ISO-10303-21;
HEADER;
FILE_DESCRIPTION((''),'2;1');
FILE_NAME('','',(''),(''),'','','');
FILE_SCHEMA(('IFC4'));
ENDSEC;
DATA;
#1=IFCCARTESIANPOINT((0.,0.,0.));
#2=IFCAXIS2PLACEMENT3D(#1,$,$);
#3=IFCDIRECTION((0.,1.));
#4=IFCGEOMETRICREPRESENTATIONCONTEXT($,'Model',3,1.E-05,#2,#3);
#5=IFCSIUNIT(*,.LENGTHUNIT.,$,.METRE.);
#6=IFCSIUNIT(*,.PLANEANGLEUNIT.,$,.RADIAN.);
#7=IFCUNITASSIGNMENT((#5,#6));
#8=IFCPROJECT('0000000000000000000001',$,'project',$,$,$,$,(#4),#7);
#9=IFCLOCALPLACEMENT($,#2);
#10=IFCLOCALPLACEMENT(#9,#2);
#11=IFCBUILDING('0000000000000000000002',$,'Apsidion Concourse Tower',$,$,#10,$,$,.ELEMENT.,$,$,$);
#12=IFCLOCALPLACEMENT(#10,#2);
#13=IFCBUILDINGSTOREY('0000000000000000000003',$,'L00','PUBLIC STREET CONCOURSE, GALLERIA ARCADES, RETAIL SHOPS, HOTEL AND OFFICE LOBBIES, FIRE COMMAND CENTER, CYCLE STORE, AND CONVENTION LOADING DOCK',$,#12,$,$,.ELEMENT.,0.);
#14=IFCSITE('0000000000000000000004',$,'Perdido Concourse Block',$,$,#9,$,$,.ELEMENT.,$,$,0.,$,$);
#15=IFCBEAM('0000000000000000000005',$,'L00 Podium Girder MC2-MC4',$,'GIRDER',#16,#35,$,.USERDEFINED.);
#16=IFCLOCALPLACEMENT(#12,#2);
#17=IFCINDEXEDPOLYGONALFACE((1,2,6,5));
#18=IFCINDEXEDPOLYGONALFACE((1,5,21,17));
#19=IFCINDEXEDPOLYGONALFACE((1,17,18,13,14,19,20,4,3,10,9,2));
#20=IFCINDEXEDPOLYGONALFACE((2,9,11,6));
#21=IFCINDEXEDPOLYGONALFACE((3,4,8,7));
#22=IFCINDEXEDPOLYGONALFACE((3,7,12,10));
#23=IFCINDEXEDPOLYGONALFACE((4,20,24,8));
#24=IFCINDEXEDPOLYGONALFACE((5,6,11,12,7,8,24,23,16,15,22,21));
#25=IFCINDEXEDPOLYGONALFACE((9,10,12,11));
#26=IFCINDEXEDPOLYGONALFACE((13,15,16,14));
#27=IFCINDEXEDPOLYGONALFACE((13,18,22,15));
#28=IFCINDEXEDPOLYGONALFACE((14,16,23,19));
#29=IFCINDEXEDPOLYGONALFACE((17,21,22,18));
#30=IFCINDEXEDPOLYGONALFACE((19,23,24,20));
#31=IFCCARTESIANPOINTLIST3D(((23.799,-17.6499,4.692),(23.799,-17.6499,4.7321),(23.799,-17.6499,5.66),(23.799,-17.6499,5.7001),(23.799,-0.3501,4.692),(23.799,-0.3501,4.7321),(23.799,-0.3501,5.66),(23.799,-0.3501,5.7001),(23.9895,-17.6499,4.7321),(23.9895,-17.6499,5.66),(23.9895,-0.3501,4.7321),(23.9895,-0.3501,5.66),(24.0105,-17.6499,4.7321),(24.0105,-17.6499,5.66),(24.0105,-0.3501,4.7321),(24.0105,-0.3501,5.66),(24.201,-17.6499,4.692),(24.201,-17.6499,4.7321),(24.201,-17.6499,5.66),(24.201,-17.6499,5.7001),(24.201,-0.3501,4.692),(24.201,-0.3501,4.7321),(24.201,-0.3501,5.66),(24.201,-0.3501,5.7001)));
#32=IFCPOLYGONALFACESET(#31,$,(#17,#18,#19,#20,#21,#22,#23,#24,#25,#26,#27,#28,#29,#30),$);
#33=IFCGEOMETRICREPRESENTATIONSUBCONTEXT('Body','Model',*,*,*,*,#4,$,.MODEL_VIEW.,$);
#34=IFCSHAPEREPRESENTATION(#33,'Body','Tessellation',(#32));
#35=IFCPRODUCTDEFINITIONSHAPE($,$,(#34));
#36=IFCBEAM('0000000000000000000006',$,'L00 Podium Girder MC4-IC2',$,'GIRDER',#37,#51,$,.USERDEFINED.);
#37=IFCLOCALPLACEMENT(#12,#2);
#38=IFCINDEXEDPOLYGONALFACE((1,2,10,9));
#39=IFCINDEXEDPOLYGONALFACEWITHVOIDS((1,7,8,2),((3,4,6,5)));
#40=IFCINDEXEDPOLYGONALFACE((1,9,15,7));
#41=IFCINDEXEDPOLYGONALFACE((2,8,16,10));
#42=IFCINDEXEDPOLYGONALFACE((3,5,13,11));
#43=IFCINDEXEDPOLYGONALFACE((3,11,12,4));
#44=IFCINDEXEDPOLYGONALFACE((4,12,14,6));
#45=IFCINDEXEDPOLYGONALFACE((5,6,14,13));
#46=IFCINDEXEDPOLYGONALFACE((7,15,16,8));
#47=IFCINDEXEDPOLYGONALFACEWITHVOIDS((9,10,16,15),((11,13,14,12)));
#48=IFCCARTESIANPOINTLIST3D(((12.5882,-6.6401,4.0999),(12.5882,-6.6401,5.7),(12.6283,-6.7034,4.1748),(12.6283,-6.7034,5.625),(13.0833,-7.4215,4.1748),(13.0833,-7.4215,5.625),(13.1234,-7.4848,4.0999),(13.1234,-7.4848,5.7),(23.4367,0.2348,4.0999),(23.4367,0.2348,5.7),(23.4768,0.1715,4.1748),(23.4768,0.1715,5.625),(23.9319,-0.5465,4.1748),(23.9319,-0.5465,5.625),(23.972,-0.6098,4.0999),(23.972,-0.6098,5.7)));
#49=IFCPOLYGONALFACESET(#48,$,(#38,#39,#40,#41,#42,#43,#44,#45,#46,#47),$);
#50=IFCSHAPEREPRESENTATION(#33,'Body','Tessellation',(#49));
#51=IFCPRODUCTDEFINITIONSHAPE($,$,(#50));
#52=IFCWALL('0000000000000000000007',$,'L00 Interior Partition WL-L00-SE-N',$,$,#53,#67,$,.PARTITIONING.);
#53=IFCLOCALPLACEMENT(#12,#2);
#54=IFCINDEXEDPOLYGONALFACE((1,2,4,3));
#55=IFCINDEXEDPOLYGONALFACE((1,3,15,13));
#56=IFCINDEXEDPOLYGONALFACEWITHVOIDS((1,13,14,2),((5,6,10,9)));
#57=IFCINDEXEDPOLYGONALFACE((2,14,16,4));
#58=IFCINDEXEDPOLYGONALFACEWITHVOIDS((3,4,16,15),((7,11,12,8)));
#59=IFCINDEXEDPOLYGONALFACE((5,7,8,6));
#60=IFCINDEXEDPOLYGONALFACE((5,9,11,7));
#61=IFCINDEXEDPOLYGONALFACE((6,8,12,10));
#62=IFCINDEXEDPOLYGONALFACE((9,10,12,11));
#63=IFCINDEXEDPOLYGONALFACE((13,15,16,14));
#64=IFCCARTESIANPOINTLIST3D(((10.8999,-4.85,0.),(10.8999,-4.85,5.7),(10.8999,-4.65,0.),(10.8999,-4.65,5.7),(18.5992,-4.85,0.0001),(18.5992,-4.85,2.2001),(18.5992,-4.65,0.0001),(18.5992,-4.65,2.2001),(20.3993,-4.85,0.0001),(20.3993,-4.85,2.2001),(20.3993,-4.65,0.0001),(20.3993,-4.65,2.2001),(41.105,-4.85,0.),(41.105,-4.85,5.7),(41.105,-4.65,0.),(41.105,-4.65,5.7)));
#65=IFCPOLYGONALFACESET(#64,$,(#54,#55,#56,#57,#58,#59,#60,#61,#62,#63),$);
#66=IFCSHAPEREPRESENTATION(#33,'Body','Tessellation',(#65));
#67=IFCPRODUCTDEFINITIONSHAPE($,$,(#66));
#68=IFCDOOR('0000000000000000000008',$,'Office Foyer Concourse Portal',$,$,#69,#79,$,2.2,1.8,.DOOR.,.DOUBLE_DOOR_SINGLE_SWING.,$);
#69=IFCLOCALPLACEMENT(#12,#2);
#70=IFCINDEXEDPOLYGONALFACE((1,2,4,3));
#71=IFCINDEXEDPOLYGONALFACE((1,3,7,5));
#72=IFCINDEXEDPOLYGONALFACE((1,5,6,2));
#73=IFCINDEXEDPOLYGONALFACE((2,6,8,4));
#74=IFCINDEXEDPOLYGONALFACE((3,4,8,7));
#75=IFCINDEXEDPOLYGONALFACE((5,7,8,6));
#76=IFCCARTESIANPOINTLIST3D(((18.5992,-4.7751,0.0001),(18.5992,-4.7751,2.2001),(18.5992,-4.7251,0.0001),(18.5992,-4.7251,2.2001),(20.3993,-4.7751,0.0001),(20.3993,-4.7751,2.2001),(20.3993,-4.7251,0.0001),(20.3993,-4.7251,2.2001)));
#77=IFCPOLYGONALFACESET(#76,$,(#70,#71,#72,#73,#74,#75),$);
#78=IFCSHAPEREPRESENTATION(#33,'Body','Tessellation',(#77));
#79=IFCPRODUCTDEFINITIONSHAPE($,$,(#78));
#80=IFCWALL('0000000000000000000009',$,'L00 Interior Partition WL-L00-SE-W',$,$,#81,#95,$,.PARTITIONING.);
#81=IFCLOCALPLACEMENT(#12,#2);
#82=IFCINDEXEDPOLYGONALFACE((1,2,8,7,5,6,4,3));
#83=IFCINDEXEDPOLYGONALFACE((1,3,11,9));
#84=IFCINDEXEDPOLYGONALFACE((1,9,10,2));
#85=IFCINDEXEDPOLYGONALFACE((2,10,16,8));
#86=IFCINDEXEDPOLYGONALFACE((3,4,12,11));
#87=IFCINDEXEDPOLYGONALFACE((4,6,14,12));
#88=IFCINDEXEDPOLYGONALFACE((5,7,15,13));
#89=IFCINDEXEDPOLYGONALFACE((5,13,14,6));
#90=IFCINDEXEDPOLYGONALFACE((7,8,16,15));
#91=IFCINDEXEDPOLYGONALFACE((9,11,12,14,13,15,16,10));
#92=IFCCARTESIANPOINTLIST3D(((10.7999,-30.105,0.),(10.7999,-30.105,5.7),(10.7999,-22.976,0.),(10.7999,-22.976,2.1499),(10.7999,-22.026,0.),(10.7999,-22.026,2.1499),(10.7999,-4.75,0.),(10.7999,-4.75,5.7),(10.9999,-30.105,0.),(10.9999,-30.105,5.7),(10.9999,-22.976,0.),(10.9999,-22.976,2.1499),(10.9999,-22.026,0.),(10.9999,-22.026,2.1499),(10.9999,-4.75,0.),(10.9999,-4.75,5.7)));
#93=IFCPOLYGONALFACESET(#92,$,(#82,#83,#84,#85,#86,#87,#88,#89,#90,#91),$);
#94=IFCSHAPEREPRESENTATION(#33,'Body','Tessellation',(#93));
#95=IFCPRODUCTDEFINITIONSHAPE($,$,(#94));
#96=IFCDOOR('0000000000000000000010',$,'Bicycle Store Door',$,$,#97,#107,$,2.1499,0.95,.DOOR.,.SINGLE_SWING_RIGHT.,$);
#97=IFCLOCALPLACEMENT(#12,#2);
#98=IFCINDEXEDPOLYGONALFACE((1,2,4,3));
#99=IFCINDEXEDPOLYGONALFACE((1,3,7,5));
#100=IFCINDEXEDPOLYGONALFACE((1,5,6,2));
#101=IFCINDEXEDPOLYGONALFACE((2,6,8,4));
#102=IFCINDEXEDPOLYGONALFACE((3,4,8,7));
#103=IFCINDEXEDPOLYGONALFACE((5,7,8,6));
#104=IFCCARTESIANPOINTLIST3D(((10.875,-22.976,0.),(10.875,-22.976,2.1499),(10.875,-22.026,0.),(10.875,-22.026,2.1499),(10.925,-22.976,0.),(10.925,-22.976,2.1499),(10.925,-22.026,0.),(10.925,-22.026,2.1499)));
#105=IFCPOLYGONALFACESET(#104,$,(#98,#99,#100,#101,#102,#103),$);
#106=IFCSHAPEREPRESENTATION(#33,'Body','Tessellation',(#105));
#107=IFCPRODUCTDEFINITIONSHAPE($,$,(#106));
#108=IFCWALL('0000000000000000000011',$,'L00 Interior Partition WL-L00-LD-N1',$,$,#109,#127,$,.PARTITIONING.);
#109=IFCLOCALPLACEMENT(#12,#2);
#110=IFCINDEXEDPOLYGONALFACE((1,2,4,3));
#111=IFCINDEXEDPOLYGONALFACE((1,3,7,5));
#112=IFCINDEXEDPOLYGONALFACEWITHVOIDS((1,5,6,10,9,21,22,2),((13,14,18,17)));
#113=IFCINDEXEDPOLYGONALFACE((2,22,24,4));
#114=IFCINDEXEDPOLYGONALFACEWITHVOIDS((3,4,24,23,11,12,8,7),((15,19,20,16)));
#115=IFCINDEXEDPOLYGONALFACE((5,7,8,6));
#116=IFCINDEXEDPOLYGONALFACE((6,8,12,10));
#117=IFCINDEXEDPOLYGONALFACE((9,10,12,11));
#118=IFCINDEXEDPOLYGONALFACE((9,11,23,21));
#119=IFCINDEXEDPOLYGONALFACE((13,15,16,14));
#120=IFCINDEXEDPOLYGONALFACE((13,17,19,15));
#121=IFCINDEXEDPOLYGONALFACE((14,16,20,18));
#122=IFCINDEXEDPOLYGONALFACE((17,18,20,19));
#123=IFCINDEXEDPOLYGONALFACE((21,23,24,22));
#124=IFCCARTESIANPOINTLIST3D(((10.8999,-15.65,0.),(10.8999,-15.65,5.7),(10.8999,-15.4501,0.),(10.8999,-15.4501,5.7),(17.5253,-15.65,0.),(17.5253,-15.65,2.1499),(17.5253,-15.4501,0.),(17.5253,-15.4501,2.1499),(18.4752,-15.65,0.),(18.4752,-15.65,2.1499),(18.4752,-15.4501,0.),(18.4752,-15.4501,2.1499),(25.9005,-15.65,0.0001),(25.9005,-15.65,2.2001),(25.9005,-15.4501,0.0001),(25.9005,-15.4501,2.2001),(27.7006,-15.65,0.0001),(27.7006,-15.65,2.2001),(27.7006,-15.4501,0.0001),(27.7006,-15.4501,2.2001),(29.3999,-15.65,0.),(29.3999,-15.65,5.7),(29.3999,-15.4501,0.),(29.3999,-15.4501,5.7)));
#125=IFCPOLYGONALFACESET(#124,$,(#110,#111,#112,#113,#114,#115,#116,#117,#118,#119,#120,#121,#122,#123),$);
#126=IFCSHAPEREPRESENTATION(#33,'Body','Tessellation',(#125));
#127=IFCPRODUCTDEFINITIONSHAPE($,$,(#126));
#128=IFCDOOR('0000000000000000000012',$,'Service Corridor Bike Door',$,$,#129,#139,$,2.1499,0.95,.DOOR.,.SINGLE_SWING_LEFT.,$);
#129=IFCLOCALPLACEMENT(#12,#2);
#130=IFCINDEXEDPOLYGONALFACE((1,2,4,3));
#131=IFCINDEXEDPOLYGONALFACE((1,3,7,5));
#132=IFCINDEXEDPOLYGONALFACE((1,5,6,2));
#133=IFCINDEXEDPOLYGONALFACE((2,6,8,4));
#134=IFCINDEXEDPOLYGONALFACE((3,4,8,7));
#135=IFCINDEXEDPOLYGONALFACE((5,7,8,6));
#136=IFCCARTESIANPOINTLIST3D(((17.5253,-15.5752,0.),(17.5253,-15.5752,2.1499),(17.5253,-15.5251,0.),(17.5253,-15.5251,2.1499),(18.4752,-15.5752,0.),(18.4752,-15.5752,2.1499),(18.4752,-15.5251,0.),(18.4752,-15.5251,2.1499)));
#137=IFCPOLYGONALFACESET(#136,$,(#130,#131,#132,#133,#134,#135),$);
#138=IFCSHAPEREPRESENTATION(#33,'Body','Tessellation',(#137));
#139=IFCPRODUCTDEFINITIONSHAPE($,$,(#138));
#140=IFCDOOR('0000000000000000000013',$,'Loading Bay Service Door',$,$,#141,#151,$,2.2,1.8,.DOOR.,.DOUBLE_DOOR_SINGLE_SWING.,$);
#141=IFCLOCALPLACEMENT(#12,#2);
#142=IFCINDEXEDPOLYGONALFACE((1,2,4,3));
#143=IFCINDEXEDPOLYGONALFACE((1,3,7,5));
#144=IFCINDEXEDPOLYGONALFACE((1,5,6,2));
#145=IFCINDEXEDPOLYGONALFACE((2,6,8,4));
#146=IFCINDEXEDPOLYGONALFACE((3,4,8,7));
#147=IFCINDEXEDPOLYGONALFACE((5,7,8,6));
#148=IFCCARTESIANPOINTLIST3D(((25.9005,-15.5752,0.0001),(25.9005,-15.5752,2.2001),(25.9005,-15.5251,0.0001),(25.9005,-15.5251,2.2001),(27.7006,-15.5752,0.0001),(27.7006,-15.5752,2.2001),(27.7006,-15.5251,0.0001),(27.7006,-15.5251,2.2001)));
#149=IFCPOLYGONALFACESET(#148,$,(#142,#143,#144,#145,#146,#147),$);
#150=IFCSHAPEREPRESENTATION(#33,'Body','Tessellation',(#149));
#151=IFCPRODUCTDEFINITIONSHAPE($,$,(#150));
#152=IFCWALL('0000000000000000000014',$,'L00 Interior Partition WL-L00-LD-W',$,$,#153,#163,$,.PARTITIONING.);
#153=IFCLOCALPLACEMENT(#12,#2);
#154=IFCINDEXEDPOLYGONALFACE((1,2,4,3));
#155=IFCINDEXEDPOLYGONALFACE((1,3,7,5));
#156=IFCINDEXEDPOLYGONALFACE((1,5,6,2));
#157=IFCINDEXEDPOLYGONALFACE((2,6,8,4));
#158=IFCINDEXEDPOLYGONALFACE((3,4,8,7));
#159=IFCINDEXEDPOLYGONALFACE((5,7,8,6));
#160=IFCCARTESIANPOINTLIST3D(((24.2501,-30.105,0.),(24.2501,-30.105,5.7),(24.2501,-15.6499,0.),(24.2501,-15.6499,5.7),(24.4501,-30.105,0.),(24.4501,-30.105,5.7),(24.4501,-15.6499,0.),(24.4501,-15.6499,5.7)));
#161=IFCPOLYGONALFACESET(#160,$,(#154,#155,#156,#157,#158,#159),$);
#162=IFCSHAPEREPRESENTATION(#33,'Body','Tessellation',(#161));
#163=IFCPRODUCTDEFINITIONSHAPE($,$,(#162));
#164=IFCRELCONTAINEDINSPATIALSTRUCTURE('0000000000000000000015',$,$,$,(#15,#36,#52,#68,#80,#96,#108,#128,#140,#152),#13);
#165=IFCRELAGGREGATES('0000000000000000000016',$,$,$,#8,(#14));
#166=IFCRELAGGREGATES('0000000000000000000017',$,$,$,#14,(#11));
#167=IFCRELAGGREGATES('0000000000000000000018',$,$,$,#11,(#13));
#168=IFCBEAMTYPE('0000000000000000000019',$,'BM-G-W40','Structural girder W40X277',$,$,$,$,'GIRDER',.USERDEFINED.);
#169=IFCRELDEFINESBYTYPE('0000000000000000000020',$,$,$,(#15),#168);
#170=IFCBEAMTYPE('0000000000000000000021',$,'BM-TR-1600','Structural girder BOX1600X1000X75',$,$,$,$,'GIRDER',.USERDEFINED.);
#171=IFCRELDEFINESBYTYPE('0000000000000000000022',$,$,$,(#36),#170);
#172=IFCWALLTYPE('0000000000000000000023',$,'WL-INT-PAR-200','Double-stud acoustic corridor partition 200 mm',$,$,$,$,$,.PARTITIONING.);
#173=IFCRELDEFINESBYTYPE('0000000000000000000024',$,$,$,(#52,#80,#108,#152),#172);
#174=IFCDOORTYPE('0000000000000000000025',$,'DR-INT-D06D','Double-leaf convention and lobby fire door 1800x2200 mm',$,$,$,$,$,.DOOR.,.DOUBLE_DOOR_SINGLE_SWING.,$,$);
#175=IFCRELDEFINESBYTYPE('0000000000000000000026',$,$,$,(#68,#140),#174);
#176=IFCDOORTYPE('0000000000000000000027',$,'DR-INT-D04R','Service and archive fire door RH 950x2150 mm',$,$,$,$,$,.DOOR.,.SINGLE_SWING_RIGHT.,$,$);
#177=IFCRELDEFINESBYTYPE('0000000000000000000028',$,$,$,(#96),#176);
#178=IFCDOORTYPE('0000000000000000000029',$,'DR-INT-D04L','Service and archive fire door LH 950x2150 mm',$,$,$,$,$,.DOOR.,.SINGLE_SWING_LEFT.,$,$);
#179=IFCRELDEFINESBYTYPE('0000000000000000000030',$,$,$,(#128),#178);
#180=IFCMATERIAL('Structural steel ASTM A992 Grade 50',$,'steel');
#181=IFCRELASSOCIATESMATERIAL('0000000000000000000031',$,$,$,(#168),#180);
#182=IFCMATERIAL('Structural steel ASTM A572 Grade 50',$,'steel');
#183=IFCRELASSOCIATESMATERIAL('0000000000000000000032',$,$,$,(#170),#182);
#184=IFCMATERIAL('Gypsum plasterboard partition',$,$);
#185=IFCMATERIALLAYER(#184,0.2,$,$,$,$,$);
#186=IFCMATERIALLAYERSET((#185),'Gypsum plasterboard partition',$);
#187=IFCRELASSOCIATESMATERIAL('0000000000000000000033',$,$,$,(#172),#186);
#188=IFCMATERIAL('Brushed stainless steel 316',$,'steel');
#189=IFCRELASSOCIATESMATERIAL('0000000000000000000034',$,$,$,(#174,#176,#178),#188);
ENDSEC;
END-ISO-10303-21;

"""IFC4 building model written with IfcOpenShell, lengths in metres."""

from ifc_helpers import new_model, si_unit, direction, frame, frame_2d, origin, origin_2d, place, context, subcontext, project, spatial, rectangle, hollow_rectangle, i_section, extrude, material, layer, layer_set, material_profile, profile_set, type_object, element, fill, save


model = new_model("IFC4")

# Units and contexts
model_context = context("Model", 3, precision=1e-05, world=origin(), true_north=direction((0.0, 1.0)))
body_context = subcontext(model_context, "Body", "Model", "MODEL_VIEW")
ifc_project = project(units=[si_unit("LENGTHUNIT", "METRE"), si_unit("PLANEANGLEUNIT", "RADIAN")], contexts=[model_context])

# Site, building, storey
site_placement = place(None, origin())
site = spatial("IfcSite", under=ifc_project, at=site_placement, Name="Perdido Concourse Block", CompositionType="ELEMENT", RefElevation=0.0)
building_placement = place(site_placement, origin())
building = spatial("IfcBuilding", under=site, at=building_placement, Name="Apsidion Concourse Tower", CompositionType="ELEMENT")
storey_placement = place(building_placement, origin())
storey = spatial("IfcBuildingStorey", under=building, at=storey_placement, Name="L00", Description="PUBLIC STREET CONCOURSE, GALLERIA ARCADES, RETAIL SHOPS, HOTEL AND OFFICE LOBBIES, FIRE COMMAND CENTER, CYCLE STORE, AND CONVENTION LOADING DOCK", CompositionType="ELEMENT", Elevation=0.0)

# Shared definitions
ifc_material_1 = material(Name="Structural steel ASTM A572 Grade 50", Category="steel")

# Beams
ifc_material_2 = material(Name="Structural steel ASTM A992 Grade 50", Category="steel")
ifc_material_profile_1 = material_profile(ifc_material_2, i_section(OverallWidth=0.4021, OverallDepth=1.0081, WebThickness=0.021, FlangeThickness=0.04, at=origin_2d()), Name="W40X277")
ifc_profile_set_1 = profile_set([ifc_material_profile_1], Name="Structural steel ASTM A992 Grade 50")
beam_type_1 = type_object("IfcBeamType", Name="BM-G-W40", Description="Structural girder W40X277", ElementType="GIRDER", PredefinedType="USERDEFINED", material=ifc_profile_set_1)
beam_1_placement = place(storey_placement, frame((24.0, -17.6499, 5.196), z_axis=(0.0, 1.0, 0.0), x_axis=(-1.0, 0.0, 0.0)))
element("IfcBeam", 1, at=beam_1_placement, inside=storey, type_object=beam_type_1, Name="L00 Podium Girder MC2-MC4", ObjectType="GIRDER", PredefinedType="USERDEFINED", context=body_context, shape_type="SweptSolid", body=[
    extrude(i_section(OverallWidth=0.4021, OverallDepth=1.0081, WebThickness=0.021, FlangeThickness=0.04, at=origin_2d()), origin(), (0.0, 0.0, 1.0), 17.2998),
])
ifc_material_profile_2 = material_profile(ifc_material_1, hollow_rectangle(XDim=1.0, YDim=1.6001, WallThickness=0.075, at=origin_2d()), Name="BOX1600X1000X75")
ifc_profile_set_2 = profile_set([ifc_material_profile_2], Name="Structural steel ASTM A572 Grade 50")
beam_type_2 = type_object("IfcBeamType", Name="BM-TR-1600", Description="Structural girder BOX1600X1000X75", ElementType="GIRDER", PredefinedType="USERDEFINED", material=ifc_profile_set_2)
beam_2_placement = place(storey_placement, frame((23.7043, -0.1875, 4.8999), z_axis=(-0.844671, -0.535285, 0.0), x_axis=(0.535285, -0.844671, 0.0)))
element("IfcBeam", 2, at=beam_2_placement, inside=storey, type_object=beam_type_2, Name="L00 Podium Girder MC4-IC2", ObjectType="GIRDER", PredefinedType="USERDEFINED", context=body_context, shape_type="SweptSolid", body=[
    extrude(hollow_rectangle(XDim=1.0, YDim=1.6001, WallThickness=0.075, at=origin_2d()), origin(), (0.0, 0.0, 1.0), 12.8435),
])

# Walls, openings, doors
ifc_material_3 = material(Name="Gypsum plasterboard partition")
ifc_layer_1 = layer(ifc_material_3, 0.2)
ifc_layer_set_1 = layer_set([ifc_layer_1], Name="Gypsum plasterboard partition")
wall_type_1 = type_object("IfcWallType", Name="WL-INT-PAR-200", Description="Double-stud acoustic corridor partition 200 mm", PredefinedType="PARTITIONING", material=ifc_layer_set_1)
wall_1_placement = place(storey_placement, frame((10.8999, -4.75, 0.0), z_axis=(0.0, 0.0, 1.0), x_axis=(1.0, 0.0, 0.0)))
wall_1 = element("IfcWall", 3, at=wall_1_placement, inside=storey, type_object=wall_type_1, Name="L00 Interior Partition WL-L00-SE-N", PredefinedType="PARTITIONING", context=body_context, shape_type="SweptSolid", body=[
    extrude(rectangle(XDim=30.2051, YDim=0.2, at=frame_2d((15.1025, 0.0))), origin(), (0.0, 0.0, 1.0), 5.7),
])
opening_1_placement = place(wall_1_placement, frame((7.6995, 0.0, 0.0)))
opening_1 = element("IfcOpeningElement", 4, at=opening_1_placement, cuts=wall_1, PredefinedType="OPENING", context=body_context, shape_type="SweptSolid", body=[
    extrude(rectangle(XDim=1.8, YDim=2.2, at=frame_2d((0.8999, 1.1001))), frame((0.0, 0.1099, 0.0), z_axis=(0.0, -1.0, 0.0), x_axis=(1.0, 0.0, 0.0)), (0.0, 0.0, 1.0), 0.22),
])
ifc_material_4 = material(Name="Brushed stainless steel 316", Category="steel")
door_type_1 = type_object("IfcDoorType", Name="DR-INT-D06D", Description="Double-leaf convention and lobby fire door 1800x2200 mm", OperationType="DOUBLE_DOOR_SINGLE_SWING", PredefinedType="DOOR", material=ifc_material_4)
door_1_placement = place(opening_1_placement, origin())
door_1 = element("IfcDoor", 5, at=door_1_placement, inside=storey, type_object=door_type_1, Name="Office Foyer Concourse Portal", OperationType="DOUBLE_DOOR_SINGLE_SWING", OverallHeight=2.2, OverallWidth=1.8, PredefinedType="DOOR", context=body_context, shape_type="SweptSolid", body=[
    extrude(rectangle(XDim=1.8, YDim=2.2, at=frame_2d((0.8999, 1.1001))), frame((0.0, 0.0249, 0.0), z_axis=(0.0, -1.0, 0.0), x_axis=(1.0, 0.0, 0.0)), (0.0, 0.0, 1.0), 0.05),
])
fill(opening_1, door_1)
wall_2_placement = place(storey_placement, frame((10.8999, -30.105, 0.0), z_axis=(0.0, 0.0, 1.0), x_axis=(0.0, 1.0, 0.0)))
wall_2 = element("IfcWall", 6, at=wall_2_placement, inside=storey, type_object=wall_type_1, Name="L00 Interior Partition WL-L00-SE-W", PredefinedType="PARTITIONING", context=body_context, shape_type="SweptSolid", body=[
    extrude(rectangle(XDim=25.355, YDim=0.2, at=frame_2d((12.6775, 0.0))), origin(), (0.0, 0.0, 1.0), 5.7),
])
opening_2_placement = place(wall_2_placement, frame((7.1289, 0.0, 0.0)))
opening_2 = element("IfcOpeningElement", 7, at=opening_2_placement, cuts=wall_2, PredefinedType="OPENING", context=body_context, shape_type="SweptSolid", body=[
    extrude(rectangle(XDim=0.95, YDim=2.1499, at=frame_2d((0.4751, 1.075))), frame((0.0, 0.1099, 0.0), z_axis=(0.0, -1.0, 0.0), x_axis=(1.0, 0.0, 0.0)), (0.0, 0.0, 1.0), 0.22),
])
door_type_2 = type_object("IfcDoorType", Name="DR-INT-D04R", Description="Service and archive fire door RH 950x2150 mm", OperationType="SINGLE_SWING_RIGHT", PredefinedType="DOOR", material=ifc_material_4)
door_2_placement = place(opening_2_placement, origin())
door_2 = element("IfcDoor", 8, at=door_2_placement, inside=storey, type_object=door_type_2, Name="Bicycle Store Door", OperationType="SINGLE_SWING_RIGHT", OverallHeight=2.1499, OverallWidth=0.95, PredefinedType="DOOR", context=body_context, shape_type="SweptSolid", body=[
    extrude(rectangle(XDim=0.95, YDim=2.1499, at=frame_2d((0.4751, 1.075))), frame((0.0, 0.0249, 0.0), z_axis=(0.0, -1.0, 0.0), x_axis=(1.0, 0.0, 0.0)), (0.0, 0.0, 1.0), 0.05),
])
fill(opening_2, door_2)

# Wall, openings, doors
wall_3_placement = place(storey_placement, frame((10.8999, -15.55, 0.0), z_axis=(0.0, 0.0, 1.0), x_axis=(1.0, 0.0, 0.0)))
wall_3 = element("IfcWall", 9, at=wall_3_placement, inside=storey, type_object=wall_type_1, Name="L00 Interior Partition WL-L00-LD-N1", PredefinedType="PARTITIONING", context=body_context, shape_type="SweptSolid", body=[
    extrude(rectangle(XDim=18.5, YDim=0.2, at=frame_2d((9.25, 0.0))), origin(), (0.0, 0.0, 1.0), 5.7),
])
opening_3_placement = place(wall_3_placement, frame((6.6252, 0.0, 0.0)))
opening_3 = element("IfcOpeningElement", 10, at=opening_3_placement, cuts=wall_3, PredefinedType="OPENING", context=body_context, shape_type="SweptSolid", body=[
    extrude(rectangle(XDim=0.95, YDim=2.1499, at=frame_2d((0.4751, 1.075))), frame((0.0, 0.1099, 0.0), z_axis=(0.0, -1.0, 0.0), x_axis=(1.0, 0.0, 0.0)), (0.0, 0.0, 1.0), 0.22),
])
opening_4_placement = place(wall_3_placement, frame((15.0007, 0.0, 0.0)))
opening_4 = element("IfcOpeningElement", 11, at=opening_4_placement, cuts=wall_3, PredefinedType="OPENING", context=body_context, shape_type="SweptSolid", body=[
    extrude(rectangle(XDim=1.8, YDim=2.2, at=frame_2d((0.8999, 1.1001))), frame((0.0, 0.1099, 0.0), z_axis=(0.0, -1.0, 0.0), x_axis=(1.0, 0.0, 0.0)), (0.0, 0.0, 1.0), 0.22),
])
door_type_3 = type_object("IfcDoorType", Name="DR-INT-D04L", Description="Service and archive fire door LH 950x2150 mm", OperationType="SINGLE_SWING_LEFT", PredefinedType="DOOR", material=ifc_material_4)
door_3_placement = place(opening_3_placement, origin())
door_3 = element("IfcDoor", 12, at=door_3_placement, inside=storey, type_object=door_type_3, Name="Service Corridor Bike Door", OperationType="SINGLE_SWING_LEFT", OverallHeight=2.1499, OverallWidth=0.95, PredefinedType="DOOR", context=body_context, shape_type="SweptSolid", body=[
    extrude(rectangle(XDim=0.95, YDim=2.1499, at=frame_2d((0.4751, 1.075))), frame((0.0, 0.0249, 0.0), z_axis=(0.0, -1.0, 0.0), x_axis=(1.0, 0.0, 0.0)), (0.0, 0.0, 1.0), 0.05),
])
fill(opening_3, door_3)
door_4_placement = place(opening_4_placement, origin())
door_4 = element("IfcDoor", 13, at=door_4_placement, inside=storey, type_object=door_type_1, Name="Loading Bay Service Door", OperationType="DOUBLE_DOOR_SINGLE_SWING", OverallHeight=2.2, OverallWidth=1.8, PredefinedType="DOOR", context=body_context, shape_type="SweptSolid", body=[
    extrude(rectangle(XDim=1.8, YDim=2.2, at=frame_2d((0.8999, 1.1001))), frame((0.0, 0.0249, 0.0), z_axis=(0.0, -1.0, 0.0), x_axis=(1.0, 0.0, 0.0)), (0.0, 0.0, 1.0), 0.05),
])
fill(opening_4, door_4)

# Wall
wall_4_placement = place(storey_placement, frame((24.3501, -30.105, 0.0), z_axis=(0.0, 0.0, 1.0), x_axis=(0.0, 1.0, 0.0)))
element("IfcWall", 14, at=wall_4_placement, inside=storey, type_object=wall_type_1, Name="L00 Interior Partition WL-L00-LD-W", PredefinedType="PARTITIONING", context=body_context, shape_type="SweptSolid", body=[
    extrude(rectangle(XDim=14.4551, YDim=0.2, at=frame_2d((7.2275, 0.0))), origin(), (0.0, 0.0, 1.0), 5.7),
])

save(model, "model.ifc")
